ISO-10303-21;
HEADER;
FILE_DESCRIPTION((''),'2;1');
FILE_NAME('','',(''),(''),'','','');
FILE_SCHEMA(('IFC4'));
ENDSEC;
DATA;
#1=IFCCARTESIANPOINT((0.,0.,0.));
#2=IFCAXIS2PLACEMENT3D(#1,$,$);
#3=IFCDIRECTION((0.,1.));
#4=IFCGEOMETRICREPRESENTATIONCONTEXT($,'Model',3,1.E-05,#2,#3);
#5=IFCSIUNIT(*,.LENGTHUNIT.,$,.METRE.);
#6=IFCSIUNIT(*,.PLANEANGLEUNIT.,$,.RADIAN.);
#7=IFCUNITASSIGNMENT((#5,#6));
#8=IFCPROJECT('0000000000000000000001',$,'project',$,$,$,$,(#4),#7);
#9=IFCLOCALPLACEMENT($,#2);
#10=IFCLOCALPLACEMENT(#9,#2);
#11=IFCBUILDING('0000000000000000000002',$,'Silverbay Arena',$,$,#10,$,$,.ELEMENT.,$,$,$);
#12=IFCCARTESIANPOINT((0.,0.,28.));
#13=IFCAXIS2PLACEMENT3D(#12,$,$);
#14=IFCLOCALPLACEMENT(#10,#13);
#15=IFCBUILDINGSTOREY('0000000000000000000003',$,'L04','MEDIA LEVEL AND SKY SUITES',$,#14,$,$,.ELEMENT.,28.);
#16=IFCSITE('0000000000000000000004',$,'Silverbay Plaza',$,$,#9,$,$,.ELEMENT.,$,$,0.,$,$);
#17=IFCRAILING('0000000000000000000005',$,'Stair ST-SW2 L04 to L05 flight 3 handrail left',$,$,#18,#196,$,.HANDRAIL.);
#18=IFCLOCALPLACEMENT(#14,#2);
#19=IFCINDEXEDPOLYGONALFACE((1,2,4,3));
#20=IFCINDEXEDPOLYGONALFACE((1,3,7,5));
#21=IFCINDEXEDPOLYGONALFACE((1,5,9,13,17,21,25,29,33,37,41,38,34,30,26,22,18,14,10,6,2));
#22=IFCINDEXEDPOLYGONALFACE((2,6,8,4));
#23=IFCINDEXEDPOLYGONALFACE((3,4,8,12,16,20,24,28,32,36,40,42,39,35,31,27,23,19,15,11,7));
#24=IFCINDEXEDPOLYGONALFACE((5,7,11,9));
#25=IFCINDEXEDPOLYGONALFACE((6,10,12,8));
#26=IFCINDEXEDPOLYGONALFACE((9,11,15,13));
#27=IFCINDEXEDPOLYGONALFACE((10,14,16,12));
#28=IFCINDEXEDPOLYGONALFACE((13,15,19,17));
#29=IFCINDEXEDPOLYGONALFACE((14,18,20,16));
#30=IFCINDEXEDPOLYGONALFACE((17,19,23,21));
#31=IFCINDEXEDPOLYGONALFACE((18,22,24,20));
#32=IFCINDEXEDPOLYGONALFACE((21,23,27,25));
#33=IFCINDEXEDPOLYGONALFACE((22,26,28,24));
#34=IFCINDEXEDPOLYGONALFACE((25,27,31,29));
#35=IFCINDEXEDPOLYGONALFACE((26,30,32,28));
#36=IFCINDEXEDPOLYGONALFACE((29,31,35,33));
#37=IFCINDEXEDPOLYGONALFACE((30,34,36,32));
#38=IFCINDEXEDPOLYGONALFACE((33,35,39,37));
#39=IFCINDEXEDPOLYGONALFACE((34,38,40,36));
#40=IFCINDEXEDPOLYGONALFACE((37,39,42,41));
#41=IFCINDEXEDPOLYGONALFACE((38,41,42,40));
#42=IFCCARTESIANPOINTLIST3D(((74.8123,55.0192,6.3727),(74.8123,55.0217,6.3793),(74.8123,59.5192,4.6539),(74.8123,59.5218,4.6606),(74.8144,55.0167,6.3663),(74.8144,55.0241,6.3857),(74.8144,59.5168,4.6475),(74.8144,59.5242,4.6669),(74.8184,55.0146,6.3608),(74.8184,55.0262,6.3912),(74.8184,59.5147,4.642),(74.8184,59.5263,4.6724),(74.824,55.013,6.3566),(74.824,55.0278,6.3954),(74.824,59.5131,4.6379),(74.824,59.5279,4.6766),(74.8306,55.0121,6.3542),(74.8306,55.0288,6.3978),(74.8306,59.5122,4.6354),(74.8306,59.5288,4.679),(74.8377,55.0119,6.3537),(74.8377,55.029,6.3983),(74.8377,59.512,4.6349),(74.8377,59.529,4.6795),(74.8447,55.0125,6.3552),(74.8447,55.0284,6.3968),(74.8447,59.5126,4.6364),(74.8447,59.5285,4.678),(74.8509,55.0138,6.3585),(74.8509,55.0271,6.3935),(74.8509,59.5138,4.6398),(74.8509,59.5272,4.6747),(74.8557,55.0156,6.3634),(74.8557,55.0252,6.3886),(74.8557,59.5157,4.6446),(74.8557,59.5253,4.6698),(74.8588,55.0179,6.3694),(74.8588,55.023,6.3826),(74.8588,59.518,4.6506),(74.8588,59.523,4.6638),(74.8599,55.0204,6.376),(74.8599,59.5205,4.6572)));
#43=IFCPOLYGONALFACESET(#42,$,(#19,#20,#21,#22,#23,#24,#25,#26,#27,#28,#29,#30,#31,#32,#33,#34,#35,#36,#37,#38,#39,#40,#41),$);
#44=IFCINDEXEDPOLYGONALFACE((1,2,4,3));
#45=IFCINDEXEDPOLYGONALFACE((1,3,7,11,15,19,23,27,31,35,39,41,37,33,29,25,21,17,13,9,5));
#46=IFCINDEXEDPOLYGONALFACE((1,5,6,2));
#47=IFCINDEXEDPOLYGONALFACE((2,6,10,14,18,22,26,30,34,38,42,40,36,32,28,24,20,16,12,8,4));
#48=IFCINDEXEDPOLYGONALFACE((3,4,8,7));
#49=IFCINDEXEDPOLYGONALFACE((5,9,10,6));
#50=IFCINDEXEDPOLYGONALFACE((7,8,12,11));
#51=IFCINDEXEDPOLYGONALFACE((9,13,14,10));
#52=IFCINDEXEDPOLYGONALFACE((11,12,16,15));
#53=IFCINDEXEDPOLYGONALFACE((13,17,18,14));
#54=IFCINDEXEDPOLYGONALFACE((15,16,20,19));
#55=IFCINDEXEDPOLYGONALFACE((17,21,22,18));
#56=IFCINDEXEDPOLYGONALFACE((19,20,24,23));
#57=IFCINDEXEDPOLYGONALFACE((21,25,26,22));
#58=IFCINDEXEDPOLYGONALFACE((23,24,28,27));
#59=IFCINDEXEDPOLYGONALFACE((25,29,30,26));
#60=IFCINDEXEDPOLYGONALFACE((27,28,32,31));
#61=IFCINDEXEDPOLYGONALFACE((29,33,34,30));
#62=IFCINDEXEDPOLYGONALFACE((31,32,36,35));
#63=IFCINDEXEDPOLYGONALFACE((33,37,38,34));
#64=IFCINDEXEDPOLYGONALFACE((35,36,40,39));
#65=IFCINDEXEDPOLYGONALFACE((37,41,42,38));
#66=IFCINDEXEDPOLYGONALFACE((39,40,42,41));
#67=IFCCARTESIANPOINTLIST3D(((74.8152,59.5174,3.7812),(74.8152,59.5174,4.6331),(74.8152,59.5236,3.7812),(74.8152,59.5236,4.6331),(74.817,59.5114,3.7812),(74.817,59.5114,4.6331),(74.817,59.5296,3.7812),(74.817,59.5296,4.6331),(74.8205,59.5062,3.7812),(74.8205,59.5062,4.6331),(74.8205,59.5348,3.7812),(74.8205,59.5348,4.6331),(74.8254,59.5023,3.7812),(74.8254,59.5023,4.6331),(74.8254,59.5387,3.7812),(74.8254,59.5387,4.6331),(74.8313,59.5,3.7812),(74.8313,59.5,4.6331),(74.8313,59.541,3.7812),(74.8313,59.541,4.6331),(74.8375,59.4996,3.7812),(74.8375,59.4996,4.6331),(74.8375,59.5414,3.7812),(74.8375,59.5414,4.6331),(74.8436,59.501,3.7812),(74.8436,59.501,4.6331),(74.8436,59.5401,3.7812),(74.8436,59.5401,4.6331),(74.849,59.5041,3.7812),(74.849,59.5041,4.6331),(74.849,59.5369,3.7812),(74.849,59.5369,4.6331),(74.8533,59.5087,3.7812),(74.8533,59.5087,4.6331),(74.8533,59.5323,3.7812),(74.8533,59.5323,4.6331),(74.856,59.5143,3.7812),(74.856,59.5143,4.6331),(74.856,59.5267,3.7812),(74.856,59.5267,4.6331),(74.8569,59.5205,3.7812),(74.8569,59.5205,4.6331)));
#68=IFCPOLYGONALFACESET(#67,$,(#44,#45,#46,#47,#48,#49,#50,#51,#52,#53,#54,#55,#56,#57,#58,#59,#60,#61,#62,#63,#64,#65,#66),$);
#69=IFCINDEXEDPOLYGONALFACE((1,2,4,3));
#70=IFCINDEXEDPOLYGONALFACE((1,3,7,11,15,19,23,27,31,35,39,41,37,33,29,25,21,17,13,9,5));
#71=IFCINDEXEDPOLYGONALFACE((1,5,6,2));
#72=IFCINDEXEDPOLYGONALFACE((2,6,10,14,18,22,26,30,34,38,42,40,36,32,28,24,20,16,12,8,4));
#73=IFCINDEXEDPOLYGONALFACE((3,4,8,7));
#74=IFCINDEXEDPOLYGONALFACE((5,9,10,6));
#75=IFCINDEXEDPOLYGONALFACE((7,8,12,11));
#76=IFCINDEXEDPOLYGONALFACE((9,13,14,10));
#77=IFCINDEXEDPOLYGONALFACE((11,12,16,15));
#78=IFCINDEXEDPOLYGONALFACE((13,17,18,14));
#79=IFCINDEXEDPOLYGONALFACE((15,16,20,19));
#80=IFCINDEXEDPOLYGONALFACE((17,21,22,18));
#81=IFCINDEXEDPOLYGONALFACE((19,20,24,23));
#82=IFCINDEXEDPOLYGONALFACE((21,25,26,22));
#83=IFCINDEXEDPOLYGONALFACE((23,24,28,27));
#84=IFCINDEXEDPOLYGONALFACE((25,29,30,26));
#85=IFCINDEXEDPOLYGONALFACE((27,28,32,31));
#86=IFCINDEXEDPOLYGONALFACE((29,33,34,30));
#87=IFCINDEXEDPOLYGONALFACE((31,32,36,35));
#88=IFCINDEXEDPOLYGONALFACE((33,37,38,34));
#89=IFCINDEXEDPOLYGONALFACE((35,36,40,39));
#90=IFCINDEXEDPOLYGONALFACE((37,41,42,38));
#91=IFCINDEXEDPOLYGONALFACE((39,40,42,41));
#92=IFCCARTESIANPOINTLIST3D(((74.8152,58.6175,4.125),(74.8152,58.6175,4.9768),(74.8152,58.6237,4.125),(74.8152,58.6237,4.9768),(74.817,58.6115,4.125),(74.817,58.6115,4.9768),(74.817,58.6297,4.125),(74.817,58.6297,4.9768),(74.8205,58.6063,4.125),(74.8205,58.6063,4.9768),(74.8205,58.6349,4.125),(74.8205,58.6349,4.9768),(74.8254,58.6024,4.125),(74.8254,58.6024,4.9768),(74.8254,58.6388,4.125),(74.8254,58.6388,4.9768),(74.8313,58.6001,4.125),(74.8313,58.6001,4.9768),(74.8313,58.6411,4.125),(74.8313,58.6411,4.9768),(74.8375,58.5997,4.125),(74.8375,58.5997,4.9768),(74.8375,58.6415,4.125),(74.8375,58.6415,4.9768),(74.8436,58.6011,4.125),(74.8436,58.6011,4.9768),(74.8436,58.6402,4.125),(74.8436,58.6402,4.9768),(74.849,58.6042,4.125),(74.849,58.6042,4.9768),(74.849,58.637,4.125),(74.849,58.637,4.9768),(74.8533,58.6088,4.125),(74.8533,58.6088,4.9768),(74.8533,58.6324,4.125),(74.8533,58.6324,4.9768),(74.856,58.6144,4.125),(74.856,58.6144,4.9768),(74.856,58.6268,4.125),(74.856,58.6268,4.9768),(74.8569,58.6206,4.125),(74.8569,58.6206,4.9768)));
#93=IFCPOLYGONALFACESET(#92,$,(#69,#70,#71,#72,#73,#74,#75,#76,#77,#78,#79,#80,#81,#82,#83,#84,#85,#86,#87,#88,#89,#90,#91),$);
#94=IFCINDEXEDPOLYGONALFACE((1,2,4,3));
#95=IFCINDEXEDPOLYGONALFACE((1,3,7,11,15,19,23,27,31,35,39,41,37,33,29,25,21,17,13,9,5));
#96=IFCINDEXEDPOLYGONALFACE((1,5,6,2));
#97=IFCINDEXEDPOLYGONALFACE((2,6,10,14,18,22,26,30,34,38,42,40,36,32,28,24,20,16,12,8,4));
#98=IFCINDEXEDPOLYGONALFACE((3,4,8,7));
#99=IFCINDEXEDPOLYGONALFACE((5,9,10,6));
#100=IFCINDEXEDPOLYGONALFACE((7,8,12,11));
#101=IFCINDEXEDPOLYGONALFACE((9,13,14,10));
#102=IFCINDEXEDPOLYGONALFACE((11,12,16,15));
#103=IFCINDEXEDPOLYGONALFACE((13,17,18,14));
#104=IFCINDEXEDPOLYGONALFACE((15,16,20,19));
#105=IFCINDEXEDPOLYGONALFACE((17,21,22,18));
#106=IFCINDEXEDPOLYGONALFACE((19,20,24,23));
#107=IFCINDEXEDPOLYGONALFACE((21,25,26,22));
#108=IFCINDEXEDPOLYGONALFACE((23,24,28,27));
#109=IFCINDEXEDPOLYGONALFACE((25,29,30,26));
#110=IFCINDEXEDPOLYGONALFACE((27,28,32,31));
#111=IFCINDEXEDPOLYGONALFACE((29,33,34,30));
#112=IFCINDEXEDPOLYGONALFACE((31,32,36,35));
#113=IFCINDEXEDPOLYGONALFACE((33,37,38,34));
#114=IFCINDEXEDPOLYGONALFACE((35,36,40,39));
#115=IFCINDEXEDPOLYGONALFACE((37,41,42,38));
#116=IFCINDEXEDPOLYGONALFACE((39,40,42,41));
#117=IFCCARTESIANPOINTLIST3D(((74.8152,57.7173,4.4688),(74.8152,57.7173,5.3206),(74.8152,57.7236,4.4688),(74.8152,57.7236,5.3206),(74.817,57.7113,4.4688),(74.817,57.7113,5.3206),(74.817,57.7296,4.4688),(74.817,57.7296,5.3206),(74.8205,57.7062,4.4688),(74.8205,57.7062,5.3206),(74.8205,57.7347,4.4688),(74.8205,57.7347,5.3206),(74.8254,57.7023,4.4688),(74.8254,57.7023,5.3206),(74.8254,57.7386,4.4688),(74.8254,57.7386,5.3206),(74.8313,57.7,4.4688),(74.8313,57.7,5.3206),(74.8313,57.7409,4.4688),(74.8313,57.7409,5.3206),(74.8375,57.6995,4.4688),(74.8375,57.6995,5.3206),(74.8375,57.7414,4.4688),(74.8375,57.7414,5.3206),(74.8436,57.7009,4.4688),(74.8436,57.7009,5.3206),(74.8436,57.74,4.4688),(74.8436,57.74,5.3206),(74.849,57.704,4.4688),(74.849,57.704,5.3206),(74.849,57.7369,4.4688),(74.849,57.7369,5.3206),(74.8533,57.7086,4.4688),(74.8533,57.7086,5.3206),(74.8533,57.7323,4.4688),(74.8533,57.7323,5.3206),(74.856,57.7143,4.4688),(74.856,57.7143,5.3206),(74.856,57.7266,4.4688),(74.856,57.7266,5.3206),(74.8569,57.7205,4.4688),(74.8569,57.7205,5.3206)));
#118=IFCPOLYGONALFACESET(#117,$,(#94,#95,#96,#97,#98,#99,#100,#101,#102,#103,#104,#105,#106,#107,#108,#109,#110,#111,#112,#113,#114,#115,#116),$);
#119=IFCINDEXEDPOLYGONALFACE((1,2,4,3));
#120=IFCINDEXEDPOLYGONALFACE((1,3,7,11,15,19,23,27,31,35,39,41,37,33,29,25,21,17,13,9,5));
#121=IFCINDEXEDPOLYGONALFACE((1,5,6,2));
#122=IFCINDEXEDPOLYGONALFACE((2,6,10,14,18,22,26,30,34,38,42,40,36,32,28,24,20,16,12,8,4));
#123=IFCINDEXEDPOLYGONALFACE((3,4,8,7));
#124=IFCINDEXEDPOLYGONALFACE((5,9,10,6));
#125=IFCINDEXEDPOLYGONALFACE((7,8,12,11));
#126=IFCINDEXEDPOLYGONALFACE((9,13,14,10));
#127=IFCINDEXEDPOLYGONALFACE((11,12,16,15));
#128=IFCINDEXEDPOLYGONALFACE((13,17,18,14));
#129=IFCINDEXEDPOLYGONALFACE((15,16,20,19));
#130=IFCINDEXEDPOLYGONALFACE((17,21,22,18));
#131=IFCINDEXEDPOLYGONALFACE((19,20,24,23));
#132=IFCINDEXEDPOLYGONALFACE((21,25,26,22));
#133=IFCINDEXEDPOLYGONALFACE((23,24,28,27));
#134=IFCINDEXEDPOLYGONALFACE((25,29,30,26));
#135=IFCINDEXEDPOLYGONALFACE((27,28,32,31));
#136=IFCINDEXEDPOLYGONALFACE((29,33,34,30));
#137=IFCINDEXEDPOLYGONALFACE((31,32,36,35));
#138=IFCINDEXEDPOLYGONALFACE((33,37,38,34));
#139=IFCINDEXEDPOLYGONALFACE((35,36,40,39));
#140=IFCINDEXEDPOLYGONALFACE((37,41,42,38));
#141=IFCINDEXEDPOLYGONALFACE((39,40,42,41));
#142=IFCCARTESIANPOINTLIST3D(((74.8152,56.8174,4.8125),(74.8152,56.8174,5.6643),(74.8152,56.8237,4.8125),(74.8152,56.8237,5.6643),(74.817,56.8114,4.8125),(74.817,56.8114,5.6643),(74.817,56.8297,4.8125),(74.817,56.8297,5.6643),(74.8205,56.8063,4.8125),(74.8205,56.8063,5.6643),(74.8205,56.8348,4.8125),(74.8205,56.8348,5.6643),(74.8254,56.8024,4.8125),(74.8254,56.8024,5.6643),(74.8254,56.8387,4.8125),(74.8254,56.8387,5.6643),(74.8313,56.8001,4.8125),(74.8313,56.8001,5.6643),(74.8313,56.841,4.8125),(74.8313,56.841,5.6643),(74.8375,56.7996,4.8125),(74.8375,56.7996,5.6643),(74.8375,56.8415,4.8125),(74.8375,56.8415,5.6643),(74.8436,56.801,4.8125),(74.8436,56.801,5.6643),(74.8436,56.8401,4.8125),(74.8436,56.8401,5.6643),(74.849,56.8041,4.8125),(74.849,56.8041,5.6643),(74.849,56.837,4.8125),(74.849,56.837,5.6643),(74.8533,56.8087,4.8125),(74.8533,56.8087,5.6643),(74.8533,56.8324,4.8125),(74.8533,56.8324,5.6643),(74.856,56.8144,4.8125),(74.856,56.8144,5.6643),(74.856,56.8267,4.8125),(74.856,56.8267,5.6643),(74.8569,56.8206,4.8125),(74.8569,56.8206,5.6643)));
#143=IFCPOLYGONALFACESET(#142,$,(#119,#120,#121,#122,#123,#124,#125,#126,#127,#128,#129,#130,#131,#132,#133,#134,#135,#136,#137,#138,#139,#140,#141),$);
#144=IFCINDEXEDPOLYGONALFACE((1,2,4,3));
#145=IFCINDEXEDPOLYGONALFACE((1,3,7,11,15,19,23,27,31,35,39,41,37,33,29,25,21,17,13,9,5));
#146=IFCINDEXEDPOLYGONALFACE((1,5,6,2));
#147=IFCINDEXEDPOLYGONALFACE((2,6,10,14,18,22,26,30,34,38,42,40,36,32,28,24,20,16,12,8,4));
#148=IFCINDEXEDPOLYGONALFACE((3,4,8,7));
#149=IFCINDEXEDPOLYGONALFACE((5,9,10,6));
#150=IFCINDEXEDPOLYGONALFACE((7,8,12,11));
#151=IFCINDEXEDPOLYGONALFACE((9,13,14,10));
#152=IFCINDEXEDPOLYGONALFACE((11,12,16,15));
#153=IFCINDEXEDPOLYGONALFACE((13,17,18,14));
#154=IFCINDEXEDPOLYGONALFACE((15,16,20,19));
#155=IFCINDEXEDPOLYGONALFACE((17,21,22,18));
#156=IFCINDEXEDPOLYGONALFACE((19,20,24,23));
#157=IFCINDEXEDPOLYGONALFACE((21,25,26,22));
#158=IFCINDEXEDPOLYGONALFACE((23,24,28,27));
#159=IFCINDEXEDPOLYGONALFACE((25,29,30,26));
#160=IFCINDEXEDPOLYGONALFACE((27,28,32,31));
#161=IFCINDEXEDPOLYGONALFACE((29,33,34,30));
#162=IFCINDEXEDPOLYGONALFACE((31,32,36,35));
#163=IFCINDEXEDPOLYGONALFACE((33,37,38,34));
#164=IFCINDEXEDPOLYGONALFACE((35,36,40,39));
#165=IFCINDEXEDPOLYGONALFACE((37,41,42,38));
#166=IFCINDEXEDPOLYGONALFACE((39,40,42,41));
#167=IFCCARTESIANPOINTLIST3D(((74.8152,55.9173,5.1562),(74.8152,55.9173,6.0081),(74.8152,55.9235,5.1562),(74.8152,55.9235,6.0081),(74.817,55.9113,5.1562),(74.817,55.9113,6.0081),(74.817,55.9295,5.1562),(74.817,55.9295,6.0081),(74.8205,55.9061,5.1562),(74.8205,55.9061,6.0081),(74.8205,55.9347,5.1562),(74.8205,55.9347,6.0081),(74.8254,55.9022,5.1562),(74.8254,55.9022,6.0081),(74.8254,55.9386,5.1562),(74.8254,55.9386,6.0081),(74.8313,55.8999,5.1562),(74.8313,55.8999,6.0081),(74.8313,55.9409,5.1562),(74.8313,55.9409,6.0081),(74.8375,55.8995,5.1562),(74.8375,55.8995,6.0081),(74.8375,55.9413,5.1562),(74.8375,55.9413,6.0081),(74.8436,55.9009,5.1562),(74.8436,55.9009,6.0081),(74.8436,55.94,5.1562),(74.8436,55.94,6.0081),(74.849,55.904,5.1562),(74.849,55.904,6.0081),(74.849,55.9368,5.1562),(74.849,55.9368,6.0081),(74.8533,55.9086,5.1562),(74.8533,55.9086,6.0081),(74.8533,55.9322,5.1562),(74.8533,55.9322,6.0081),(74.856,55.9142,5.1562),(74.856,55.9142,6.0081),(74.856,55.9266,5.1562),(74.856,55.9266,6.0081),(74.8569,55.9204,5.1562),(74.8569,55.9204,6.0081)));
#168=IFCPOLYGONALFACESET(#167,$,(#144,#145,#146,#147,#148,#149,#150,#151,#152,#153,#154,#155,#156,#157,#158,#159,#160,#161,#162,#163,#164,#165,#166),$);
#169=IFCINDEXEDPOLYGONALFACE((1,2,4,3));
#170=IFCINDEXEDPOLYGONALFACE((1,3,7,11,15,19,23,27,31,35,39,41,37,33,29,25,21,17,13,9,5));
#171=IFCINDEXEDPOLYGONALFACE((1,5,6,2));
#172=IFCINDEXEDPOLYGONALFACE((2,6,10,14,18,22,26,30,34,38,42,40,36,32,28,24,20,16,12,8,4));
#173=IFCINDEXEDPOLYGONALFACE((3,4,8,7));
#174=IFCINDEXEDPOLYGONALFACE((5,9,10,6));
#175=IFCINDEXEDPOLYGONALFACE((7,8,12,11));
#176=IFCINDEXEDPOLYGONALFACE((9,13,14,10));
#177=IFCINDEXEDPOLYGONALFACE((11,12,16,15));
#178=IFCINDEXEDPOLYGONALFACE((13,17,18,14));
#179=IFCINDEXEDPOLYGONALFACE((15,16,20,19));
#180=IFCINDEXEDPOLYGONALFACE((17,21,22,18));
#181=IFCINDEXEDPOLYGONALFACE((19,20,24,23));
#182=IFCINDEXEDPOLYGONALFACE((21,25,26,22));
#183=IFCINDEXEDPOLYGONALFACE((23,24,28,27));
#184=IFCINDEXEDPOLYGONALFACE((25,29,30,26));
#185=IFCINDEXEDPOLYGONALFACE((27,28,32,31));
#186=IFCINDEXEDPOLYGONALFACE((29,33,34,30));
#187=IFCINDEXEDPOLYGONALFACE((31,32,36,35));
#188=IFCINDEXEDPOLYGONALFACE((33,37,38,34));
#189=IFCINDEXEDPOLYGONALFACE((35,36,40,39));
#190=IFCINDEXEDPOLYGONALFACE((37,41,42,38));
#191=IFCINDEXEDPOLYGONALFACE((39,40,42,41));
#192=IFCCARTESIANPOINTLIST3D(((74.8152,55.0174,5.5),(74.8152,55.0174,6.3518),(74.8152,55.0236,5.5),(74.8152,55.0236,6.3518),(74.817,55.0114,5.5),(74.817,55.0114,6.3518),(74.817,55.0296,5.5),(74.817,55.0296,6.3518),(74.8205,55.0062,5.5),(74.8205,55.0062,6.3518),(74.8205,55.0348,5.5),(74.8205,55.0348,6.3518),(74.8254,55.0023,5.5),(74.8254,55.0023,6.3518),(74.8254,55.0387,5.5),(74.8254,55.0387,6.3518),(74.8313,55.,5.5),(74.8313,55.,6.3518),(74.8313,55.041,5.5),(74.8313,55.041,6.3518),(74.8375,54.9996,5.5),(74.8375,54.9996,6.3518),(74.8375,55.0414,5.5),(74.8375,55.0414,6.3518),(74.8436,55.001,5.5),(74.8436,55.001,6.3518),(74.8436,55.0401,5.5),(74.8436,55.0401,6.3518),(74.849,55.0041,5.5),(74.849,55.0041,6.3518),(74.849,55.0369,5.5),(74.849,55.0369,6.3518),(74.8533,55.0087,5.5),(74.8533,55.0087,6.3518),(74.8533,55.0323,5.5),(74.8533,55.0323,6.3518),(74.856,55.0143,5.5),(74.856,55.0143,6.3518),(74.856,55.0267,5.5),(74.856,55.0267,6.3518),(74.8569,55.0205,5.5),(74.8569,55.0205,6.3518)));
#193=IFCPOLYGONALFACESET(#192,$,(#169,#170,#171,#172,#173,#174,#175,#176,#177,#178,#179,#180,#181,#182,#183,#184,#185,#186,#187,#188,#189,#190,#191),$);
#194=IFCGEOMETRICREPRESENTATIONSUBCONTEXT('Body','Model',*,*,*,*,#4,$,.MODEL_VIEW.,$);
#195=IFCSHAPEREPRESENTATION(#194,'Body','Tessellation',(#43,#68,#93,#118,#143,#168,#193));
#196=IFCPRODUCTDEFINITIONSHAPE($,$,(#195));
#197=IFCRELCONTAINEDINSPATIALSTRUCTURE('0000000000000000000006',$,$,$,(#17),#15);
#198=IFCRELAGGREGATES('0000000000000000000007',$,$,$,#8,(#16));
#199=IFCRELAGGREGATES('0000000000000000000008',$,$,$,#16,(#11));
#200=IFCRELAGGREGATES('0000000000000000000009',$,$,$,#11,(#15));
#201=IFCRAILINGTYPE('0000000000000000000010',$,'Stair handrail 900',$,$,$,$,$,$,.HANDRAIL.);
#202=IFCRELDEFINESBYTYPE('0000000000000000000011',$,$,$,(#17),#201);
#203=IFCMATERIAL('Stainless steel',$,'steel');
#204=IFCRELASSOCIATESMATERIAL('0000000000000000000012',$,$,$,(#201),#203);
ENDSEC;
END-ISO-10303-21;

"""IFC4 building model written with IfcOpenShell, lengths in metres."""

from ifc_helpers import new_model, si_unit, direction, frame, origin, origin_2d, place, context, subcontext, project, spatial, circle, extrude, material, type_object, element, save


model = new_model("IFC4")

# Units and contexts
model_context = context("Model", 3, precision=1e-05, world=origin(), true_north=direction((0.0, 1.0)))
body_context = subcontext(model_context, "Body", "Model", "MODEL_VIEW")
ifc_project = project(units=[si_unit("LENGTHUNIT", "METRE"), si_unit("PLANEANGLEUNIT", "RADIAN")], contexts=[model_context])

# Site, building, storey
site_placement = place(None, origin())
site = spatial("IfcSite", under=ifc_project, at=site_placement, Name="Silverbay Plaza", CompositionType="ELEMENT", RefElevation=0.0)
building_placement = place(site_placement, origin())
building = spatial("IfcBuilding", under=site, at=building_placement, Name="Silverbay Arena", CompositionType="ELEMENT")
storey_placement = place(building_placement, frame((0.0, 0.0, 28.0)))
storey = spatial("IfcBuildingStorey", under=building, at=storey_placement, Name="L04", Description="MEDIA LEVEL AND SKY SUITES", CompositionType="ELEMENT", Elevation=28.0)

# Railing
ifc_material_1 = material(Name="Stainless steel", Category="steel")
railing_type_1 = type_object("IfcRailingType", Name="Stair handrail 900", PredefinedType="HANDRAIL", material=ifc_material_1)
for number, where, name in (
    (1, (74.8359, 59.5205, 3.7812), "Stair ST-SW2 L04 to L05 flight 3 handrail left"),
):
    element("IfcRailing", number, at=place(storey_placement, frame(where)), inside=storey, type_object=railing_type_1, Name=name, PredefinedType="HANDRAIL", context=body_context, shape_type="SweptSolid", body=[
        extrude(circle(Radius=0.0239, at=origin_2d()), frame((0.0, 0.0, 0.876), z_axis=(0.0, -0.934179, 0.356805), x_axis=(1.0, 0.0, 0.0)), (0.0, 0.0, 1.0), 4.8171),
        extrude(circle(Radius=0.021, at=origin_2d()), origin(), (0.0, 0.0, 1.0), 0.8518),
        extrude(circle(Radius=0.021, at=origin_2d()), frame((0.0, -0.8999, 0.3438)), (0.0, 0.0, 1.0), 0.8518),
        extrude(circle(Radius=0.021, at=origin_2d()), frame((0.0, -1.8, 0.6875)), (0.0, 0.0, 1.0), 0.8518),
        extrude(circle(Radius=0.021, at=origin_2d()), frame((0.0, -2.7, 1.0312)), (0.0, 0.0, 1.0), 0.8518),
        extrude(circle(Radius=0.021, at=origin_2d()), frame((0.0, -3.6001, 1.375)), (0.0, 0.0, 1.0), 0.8518),
        extrude(circle(Radius=0.021, at=origin_2d()), frame((0.0, -4.5, 1.7188)), (0.0, 0.0, 1.0), 0.8518),
    ])

save(model, "model.ifc")
